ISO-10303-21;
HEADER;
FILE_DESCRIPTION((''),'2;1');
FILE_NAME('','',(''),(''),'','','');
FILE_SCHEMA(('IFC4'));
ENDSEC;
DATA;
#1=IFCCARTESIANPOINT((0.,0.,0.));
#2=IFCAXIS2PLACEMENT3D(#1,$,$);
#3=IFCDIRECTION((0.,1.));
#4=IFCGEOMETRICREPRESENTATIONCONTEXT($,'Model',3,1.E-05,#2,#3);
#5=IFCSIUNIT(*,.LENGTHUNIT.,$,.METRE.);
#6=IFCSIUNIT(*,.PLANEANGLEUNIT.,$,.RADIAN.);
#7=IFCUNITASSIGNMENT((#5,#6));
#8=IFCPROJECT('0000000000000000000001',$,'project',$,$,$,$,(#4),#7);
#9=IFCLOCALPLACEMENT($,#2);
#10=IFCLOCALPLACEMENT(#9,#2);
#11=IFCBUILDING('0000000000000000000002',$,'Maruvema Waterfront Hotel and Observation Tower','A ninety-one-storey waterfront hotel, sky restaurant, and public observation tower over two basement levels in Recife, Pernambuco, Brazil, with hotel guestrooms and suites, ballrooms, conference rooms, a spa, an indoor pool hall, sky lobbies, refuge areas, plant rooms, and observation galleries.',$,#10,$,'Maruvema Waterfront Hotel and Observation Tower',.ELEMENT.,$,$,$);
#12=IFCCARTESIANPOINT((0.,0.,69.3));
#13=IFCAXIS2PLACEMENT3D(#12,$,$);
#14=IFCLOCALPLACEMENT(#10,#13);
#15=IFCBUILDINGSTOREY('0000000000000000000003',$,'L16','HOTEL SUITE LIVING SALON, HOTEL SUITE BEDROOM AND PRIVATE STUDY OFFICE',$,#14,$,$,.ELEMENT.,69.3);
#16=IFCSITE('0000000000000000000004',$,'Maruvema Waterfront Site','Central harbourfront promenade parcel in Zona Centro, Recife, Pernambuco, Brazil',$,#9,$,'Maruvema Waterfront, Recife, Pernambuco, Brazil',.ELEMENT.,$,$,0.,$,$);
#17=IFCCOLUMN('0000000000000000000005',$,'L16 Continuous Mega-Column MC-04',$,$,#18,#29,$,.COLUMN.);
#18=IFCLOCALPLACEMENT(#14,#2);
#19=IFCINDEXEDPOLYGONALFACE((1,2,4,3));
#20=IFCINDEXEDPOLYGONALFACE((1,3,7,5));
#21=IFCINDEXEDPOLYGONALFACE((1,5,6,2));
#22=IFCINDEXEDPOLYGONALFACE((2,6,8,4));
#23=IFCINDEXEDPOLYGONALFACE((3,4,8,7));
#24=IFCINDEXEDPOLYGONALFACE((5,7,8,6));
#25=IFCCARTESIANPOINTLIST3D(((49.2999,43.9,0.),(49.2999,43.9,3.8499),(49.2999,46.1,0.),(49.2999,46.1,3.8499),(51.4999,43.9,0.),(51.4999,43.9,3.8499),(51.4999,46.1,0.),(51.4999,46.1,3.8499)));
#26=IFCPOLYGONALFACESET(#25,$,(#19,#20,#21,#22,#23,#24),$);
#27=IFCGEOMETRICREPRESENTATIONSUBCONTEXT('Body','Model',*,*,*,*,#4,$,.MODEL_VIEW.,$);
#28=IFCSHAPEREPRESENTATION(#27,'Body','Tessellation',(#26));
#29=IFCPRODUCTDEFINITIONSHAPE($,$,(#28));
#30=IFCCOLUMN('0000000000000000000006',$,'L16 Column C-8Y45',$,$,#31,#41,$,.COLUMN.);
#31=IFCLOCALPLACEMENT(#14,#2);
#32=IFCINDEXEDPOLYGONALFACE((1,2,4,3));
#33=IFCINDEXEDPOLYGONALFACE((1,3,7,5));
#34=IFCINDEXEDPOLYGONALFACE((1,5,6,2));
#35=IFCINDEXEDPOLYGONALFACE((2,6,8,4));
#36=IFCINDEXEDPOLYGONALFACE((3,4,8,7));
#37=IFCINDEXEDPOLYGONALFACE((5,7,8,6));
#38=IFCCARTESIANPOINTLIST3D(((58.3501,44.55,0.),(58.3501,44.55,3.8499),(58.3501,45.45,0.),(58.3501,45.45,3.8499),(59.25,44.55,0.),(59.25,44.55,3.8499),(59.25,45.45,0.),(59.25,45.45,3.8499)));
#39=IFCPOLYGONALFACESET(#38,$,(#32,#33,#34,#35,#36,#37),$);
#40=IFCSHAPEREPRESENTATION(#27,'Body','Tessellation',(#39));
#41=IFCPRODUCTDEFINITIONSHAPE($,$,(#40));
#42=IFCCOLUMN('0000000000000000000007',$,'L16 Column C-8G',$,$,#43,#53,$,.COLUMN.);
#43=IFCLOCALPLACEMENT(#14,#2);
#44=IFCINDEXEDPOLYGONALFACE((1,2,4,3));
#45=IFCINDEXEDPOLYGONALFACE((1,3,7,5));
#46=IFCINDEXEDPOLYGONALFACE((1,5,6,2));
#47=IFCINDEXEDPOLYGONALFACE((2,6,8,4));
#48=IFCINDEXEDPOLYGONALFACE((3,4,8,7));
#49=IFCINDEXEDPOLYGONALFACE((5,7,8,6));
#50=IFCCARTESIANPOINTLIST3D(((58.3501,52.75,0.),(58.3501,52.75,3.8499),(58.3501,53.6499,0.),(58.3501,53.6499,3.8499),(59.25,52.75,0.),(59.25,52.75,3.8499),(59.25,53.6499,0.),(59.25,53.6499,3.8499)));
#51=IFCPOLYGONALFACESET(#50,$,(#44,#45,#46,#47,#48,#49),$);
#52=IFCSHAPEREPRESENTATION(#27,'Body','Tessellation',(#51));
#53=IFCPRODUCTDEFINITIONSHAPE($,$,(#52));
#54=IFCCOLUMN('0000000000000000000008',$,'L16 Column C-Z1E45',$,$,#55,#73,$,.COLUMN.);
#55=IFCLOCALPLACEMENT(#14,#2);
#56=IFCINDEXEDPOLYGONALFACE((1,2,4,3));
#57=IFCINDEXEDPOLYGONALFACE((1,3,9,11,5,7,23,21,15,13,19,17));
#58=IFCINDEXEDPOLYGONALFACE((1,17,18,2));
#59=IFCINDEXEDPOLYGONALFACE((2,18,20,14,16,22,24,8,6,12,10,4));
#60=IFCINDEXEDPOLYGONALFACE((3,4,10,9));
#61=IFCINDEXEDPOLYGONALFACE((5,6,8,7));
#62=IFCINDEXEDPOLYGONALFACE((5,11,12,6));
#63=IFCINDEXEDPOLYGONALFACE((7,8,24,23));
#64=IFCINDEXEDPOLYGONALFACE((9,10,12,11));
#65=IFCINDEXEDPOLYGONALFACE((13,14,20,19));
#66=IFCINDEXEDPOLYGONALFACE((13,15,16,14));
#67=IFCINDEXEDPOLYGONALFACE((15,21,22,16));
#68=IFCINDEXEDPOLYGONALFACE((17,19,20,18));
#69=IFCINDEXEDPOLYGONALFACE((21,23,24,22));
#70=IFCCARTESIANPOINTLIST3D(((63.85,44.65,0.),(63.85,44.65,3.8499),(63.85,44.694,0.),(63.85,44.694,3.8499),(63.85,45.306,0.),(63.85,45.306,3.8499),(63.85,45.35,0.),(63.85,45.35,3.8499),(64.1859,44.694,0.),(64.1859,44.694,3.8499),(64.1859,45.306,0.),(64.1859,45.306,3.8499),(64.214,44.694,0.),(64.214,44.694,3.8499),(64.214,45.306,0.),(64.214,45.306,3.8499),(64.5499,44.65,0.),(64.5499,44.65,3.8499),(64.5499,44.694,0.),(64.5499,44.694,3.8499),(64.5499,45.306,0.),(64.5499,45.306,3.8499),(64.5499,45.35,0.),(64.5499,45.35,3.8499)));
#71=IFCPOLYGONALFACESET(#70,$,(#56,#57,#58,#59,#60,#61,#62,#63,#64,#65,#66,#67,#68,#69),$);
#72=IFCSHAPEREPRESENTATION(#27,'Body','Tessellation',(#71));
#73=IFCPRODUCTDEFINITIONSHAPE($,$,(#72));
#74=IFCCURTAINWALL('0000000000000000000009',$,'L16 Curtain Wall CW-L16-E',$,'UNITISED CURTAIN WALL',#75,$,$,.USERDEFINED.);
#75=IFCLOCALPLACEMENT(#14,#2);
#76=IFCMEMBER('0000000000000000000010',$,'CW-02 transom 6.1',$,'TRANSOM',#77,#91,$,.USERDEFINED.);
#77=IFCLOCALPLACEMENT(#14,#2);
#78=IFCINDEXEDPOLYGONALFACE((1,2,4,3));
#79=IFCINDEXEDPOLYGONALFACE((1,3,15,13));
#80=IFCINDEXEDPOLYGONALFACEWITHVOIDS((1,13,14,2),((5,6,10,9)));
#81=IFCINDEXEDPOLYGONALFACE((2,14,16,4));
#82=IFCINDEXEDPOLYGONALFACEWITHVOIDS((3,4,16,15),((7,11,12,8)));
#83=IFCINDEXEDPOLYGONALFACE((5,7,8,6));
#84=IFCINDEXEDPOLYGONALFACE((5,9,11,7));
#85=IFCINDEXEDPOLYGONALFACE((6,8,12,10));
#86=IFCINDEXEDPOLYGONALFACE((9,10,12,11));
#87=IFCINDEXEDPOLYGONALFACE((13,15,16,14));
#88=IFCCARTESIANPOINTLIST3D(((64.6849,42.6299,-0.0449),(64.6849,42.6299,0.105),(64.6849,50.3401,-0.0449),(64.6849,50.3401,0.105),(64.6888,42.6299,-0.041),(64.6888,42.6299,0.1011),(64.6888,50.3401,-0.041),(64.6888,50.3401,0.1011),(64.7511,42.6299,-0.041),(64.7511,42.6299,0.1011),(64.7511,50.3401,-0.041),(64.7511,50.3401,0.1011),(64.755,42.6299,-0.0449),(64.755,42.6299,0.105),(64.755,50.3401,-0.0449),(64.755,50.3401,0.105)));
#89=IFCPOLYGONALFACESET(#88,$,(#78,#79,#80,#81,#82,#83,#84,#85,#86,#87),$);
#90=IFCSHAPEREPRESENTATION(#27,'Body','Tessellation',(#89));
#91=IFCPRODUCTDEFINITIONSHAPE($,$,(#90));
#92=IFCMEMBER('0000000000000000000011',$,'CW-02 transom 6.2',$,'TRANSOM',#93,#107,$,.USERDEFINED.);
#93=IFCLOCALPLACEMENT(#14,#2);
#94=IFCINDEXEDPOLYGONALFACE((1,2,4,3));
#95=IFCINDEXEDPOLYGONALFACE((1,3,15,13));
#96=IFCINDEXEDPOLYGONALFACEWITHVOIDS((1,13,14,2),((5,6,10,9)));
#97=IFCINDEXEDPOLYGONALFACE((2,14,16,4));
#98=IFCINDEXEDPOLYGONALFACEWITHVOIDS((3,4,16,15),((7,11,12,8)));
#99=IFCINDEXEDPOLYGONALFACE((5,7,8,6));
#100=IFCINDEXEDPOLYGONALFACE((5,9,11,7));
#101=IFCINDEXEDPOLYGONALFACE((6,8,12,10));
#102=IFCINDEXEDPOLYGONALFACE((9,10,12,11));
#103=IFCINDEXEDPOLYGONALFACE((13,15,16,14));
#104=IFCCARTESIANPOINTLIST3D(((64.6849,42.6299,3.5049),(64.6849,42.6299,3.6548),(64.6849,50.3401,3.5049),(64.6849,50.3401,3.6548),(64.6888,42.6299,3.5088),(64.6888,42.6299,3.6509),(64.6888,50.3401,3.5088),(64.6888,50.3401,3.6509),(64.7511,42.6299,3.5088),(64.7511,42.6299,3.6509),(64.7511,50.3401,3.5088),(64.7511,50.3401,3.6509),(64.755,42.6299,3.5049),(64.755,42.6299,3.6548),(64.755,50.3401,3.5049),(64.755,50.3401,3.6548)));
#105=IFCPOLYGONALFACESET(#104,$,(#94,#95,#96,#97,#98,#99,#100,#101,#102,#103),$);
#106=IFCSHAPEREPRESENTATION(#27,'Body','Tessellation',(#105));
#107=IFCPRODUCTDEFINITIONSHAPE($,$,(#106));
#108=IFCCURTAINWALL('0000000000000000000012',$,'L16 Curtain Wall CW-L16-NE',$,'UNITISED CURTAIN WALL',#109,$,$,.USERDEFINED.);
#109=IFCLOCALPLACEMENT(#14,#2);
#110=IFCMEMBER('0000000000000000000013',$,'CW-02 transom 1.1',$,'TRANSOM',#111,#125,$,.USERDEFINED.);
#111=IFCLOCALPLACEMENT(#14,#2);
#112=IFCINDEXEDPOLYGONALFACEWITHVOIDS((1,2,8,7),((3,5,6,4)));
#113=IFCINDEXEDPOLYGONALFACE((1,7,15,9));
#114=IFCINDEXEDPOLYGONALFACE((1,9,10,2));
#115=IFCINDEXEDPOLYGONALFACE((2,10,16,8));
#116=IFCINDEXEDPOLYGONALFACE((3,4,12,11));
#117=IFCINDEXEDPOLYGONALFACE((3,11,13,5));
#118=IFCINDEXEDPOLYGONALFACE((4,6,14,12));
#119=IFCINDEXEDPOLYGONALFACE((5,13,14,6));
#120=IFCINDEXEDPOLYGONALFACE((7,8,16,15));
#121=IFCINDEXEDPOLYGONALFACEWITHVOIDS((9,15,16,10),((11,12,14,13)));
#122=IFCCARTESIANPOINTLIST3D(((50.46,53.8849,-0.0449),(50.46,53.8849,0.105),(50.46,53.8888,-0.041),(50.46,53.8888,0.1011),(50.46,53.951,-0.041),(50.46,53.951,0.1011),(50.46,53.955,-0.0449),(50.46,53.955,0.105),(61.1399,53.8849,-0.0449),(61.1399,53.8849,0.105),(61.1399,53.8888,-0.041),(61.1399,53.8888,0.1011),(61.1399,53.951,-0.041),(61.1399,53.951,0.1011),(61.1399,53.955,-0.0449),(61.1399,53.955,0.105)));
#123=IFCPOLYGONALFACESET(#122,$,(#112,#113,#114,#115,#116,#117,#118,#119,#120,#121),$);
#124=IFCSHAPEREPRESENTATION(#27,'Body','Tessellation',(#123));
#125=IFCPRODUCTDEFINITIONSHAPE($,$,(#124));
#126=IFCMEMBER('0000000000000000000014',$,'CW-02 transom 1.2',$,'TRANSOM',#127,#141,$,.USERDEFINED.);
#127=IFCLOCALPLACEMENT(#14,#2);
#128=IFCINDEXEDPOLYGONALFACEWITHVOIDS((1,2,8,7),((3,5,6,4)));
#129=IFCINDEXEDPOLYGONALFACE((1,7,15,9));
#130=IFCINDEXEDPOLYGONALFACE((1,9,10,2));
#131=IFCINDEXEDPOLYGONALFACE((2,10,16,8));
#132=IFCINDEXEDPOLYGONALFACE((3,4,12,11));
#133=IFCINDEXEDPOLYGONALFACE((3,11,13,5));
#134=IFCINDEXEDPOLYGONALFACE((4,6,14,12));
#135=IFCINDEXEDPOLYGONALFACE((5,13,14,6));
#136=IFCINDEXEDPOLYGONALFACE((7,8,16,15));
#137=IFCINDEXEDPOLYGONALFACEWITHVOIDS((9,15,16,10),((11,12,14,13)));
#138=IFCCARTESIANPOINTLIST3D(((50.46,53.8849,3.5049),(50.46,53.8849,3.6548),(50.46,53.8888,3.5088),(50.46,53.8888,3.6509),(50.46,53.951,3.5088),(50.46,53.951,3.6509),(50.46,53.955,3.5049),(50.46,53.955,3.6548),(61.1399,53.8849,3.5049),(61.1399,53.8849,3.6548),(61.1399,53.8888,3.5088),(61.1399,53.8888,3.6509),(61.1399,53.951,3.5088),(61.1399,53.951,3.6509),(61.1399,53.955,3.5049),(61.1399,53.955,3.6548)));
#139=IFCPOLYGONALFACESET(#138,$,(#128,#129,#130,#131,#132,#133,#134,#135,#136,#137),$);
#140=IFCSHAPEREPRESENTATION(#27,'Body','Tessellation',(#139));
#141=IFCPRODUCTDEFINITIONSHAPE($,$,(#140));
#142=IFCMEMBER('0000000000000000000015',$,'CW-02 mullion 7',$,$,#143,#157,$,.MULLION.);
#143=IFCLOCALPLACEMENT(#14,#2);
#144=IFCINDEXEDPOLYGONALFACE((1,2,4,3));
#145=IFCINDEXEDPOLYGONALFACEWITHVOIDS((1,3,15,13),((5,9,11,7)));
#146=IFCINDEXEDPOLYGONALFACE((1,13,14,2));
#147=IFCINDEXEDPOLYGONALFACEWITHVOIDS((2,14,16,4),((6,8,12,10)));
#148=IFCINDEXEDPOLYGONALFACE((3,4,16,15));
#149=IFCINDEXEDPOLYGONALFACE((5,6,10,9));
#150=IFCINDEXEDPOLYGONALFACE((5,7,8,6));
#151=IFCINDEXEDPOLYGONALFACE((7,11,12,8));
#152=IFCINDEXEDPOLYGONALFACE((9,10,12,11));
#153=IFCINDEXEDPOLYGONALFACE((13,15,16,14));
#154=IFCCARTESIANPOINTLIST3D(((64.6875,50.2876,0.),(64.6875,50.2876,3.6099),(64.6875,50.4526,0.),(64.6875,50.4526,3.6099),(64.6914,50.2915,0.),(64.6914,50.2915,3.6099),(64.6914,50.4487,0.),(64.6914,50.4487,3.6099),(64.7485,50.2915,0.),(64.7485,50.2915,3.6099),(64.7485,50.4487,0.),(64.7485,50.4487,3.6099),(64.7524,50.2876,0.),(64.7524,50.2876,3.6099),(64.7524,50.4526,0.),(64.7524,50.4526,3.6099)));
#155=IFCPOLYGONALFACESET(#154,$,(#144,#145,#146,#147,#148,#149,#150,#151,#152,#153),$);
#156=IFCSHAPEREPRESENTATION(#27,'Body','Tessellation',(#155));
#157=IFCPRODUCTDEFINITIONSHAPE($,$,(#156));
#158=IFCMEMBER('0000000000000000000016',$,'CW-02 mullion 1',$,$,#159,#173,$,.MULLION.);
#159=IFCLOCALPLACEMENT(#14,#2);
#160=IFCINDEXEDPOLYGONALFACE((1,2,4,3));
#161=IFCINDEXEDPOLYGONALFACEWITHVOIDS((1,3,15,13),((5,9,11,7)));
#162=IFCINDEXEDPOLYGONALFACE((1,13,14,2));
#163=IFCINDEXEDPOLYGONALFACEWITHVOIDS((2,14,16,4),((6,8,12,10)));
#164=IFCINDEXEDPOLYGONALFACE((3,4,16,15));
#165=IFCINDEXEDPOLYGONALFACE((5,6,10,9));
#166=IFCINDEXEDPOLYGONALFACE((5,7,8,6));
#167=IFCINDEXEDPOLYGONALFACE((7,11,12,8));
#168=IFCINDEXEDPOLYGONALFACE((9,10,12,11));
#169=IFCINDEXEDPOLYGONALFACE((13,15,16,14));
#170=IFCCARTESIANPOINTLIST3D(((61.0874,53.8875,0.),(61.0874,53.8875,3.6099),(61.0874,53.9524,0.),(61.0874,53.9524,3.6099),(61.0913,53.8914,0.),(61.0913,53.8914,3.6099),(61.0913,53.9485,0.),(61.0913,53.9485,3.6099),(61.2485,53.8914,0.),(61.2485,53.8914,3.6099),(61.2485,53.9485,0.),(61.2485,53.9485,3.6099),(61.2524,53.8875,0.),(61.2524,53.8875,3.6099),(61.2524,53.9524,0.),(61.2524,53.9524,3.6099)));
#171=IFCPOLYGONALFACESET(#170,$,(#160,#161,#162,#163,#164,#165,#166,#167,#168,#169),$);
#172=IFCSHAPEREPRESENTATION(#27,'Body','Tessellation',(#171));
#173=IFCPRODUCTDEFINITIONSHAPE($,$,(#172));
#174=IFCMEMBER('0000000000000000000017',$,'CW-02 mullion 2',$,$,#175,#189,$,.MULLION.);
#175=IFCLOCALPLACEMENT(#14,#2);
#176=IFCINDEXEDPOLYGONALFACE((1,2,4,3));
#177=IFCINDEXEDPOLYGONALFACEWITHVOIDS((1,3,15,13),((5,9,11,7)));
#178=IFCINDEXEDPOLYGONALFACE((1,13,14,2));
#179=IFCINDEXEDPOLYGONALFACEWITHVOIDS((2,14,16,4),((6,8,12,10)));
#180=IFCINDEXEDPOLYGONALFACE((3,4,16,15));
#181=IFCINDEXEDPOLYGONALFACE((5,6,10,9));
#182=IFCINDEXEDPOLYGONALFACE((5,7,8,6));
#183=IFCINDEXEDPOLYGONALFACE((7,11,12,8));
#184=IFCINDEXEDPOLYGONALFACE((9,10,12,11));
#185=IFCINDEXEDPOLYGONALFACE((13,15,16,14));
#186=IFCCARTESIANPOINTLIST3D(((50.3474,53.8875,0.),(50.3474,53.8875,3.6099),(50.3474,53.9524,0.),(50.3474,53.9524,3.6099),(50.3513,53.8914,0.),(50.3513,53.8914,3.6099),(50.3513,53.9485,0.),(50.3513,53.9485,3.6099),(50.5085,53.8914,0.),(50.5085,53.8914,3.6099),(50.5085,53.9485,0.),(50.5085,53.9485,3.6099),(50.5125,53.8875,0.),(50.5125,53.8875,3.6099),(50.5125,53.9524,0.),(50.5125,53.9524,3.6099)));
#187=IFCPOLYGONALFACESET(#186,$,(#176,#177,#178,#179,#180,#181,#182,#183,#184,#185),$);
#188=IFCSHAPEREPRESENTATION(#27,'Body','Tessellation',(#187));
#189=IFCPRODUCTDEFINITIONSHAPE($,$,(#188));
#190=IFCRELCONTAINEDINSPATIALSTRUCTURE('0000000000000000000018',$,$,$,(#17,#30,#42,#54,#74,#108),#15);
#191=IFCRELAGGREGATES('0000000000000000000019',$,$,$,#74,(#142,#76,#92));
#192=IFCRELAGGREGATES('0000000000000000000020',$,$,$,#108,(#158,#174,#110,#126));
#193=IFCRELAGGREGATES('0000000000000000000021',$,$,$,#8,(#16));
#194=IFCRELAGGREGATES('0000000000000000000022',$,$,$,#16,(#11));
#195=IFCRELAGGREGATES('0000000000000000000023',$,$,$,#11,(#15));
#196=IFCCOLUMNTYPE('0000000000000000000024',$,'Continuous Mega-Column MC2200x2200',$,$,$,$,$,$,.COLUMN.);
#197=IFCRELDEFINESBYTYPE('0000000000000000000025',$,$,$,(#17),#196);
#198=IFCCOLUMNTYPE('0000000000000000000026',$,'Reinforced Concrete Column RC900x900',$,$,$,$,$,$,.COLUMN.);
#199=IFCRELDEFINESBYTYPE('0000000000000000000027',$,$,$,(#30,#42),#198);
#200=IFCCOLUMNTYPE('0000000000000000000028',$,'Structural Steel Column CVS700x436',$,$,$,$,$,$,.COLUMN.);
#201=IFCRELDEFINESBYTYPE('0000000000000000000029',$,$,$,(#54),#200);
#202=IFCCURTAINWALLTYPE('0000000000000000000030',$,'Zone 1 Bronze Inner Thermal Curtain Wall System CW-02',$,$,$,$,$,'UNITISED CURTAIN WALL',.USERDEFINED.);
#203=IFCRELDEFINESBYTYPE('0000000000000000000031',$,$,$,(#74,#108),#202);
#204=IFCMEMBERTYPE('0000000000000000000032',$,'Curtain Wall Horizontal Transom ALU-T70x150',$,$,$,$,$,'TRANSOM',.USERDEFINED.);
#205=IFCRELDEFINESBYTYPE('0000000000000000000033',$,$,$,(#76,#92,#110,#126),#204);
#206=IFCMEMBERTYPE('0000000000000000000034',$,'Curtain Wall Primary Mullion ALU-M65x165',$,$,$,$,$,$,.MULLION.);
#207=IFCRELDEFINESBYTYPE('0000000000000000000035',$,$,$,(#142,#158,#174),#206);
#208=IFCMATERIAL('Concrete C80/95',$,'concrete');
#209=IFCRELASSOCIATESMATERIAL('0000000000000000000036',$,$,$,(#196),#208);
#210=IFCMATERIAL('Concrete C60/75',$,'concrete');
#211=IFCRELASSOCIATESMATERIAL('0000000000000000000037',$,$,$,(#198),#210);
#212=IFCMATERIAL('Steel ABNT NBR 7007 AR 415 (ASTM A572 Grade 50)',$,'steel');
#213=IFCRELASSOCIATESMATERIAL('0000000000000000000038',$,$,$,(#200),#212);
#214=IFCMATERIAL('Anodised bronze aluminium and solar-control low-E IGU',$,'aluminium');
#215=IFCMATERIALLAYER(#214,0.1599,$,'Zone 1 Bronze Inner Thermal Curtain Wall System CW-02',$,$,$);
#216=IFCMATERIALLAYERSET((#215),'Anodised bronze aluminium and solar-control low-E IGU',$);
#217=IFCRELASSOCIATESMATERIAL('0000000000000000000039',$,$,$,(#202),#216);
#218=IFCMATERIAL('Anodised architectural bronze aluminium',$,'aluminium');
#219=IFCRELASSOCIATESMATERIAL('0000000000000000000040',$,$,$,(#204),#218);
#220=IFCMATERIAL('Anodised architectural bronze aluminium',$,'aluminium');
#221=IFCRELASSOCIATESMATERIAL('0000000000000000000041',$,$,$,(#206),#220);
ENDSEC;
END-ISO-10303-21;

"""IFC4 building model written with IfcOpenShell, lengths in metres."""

from ifc_helpers import new_model, si_unit, direction, frame, origin, origin_2d, place, context, subcontext, project, spatial, rectangle, hollow_rectangle, i_section, extrude, material, layer, layer_set, material_profile, profile_set, type_object, element, aggregate, save


model = new_model("IFC4")

# Units and contexts
model_context = context("Model", 3, precision=1e-05, world=origin(), true_north=direction((0.0, 1.0)))
body_context = subcontext(model_context, "Body", "Model", "MODEL_VIEW")
ifc_project = project(units=[si_unit("LENGTHUNIT", "METRE"), si_unit("PLANEANGLEUNIT", "RADIAN")], contexts=[model_context])

# Site, building, storey
site_placement = place(None, origin())
site = spatial("IfcSite", under=ifc_project, at=site_placement, Name="Maruvema Waterfront Site", Description="Central harbourfront promenade parcel in Zona Centro, Recife, Pernambuco, Brazil", LongName="Maruvema Waterfront, Recife, Pernambuco, Brazil", CompositionType="ELEMENT", RefElevation=0.0)
building_placement = place(site_placement, origin())
building = spatial("IfcBuilding", under=site, at=building_placement, Name="Maruvema Waterfront Hotel and Observation Tower", Description="A ninety-one-storey waterfront hotel, sky restaurant, and public observation tower over two basement levels in Recife, Pernambuco, Brazil, with hotel guestrooms and suites, ballrooms, conference rooms, a spa, an indoor pool hall, sky lobbies, refuge areas, plant rooms, and observation galleries.", LongName="Maruvema Waterfront Hotel and Observation Tower", CompositionType="ELEMENT")
storey_placement = place(building_placement, frame((0.0, 0.0, 69.3)))
storey = spatial("IfcBuildingStorey", under=building, at=storey_placement, Name="L16", Description="HOTEL SUITE LIVING SALON, HOTEL SUITE BEDROOM AND PRIVATE STUDY OFFICE", CompositionType="ELEMENT", Elevation=69.3)

# Columns
ifc_material_1 = material(Name="Concrete C80/95", Category="concrete")
ifc_material_profile_1 = material_profile(ifc_material_1, rectangle(XDim=2.2, YDim=2.2, at=origin_2d()), Name="MC2200x2200")
ifc_profile_set_1 = profile_set([ifc_material_profile_1], Name="Concrete C80/95")
column_type_1 = type_object("IfcColumnType", Name="Continuous Mega-Column MC2200x2200", PredefinedType="COLUMN", material=ifc_profile_set_1)
column_1_placement = place(storey_placement, frame((50.3999, 45.0, 0.0), z_axis=(0.0, 0.0, 1.0), x_axis=(1.0, 0.0, 0.0)))
element("IfcColumn", 1, at=column_1_placement, inside=storey, type_object=column_type_1, Name="L16 Continuous Mega-Column MC-04", PredefinedType="COLUMN", context=body_context, shape_type="SweptSolid", body=[
    extrude(rectangle(XDim=2.2, YDim=2.2, at=origin_2d()), origin(), (0.0, 0.0, 1.0), 3.8499),
])
ifc_material_2 = material(Name="Concrete C60/75", Category="concrete")
ifc_material_profile_2 = material_profile(ifc_material_2, rectangle(XDim=0.8999, YDim=0.8999, at=origin_2d()), Name="RC900x900")
ifc_profile_set_2 = profile_set([ifc_material_profile_2], Name="Concrete C60/75")
column_type_2 = type_object("IfcColumnType", Name="Reinforced Concrete Column RC900x900", PredefinedType="COLUMN", material=ifc_profile_set_2)
for number, where, z_axis, x_axis, name in (
    (2, (58.8, 45.0, 0.0), (0.0, 0.0, 1.0), (1.0, 0.0, 0.0), "L16 Column C-8Y45"),
    (3, (58.8, 53.2, 0.0), (0.0, 0.0, 1.0), (1.0, 0.0, 0.0), "L16 Column C-8G"),
):
    element("IfcColumn", number, at=place(storey_placement, frame(where, z_axis=z_axis, x_axis=x_axis)), inside=storey, type_object=column_type_2, Name=name, PredefinedType="COLUMN", context=body_context, shape_type="SweptSolid", body=[
        extrude(rectangle(XDim=0.8999, YDim=0.8999, at=origin_2d()), origin(), (0.0, 0.0, 1.0), 3.8499),
    ])
ifc_material_3 = material(Name="Steel ABNT NBR 7007 AR 415 (ASTM A572 Grade 50)", Category="steel")
ifc_material_profile_3 = material_profile(ifc_material_3, i_section(OverallWidth=0.7, OverallDepth=0.7, WebThickness=0.0281, FlangeThickness=0.0439, at=origin_2d()), Name="CVS700x436")
ifc_profile_set_3 = profile_set([ifc_material_profile_3], Name="Steel ABNT NBR 7007 AR 415 (ASTM A572 Grade 50)")
column_type_3 = type_object("IfcColumnType", Name="Structural Steel Column CVS700x436", PredefinedType="COLUMN", material=ifc_profile_set_3)
column_2_placement = place(storey_placement, frame((64.2, 45.0, 0.0), z_axis=(0.0, 0.0, 1.0), x_axis=(1.0, 0.0, 0.0)))
element("IfcColumn", 4, at=column_2_placement, inside=storey, type_object=column_type_3, Name="L16 Column C-Z1E45", PredefinedType="COLUMN", context=body_context, shape_type="SweptSolid", body=[
    extrude(i_section(OverallWidth=0.7, OverallDepth=0.7, WebThickness=0.0281, FlangeThickness=0.0439, at=origin_2d()), origin(), (0.0, 0.0, 1.0), 3.8499),
])

# Curtain walls, members
ifc_material_4 = material(Name="Anodised bronze aluminium and solar-control low-E IGU", Category="aluminium")
ifc_layer_1 = layer(ifc_material_4, 0.1599, Name="Zone 1 Bronze Inner Thermal Curtain Wall System CW-02")
ifc_layer_set_1 = layer_set([ifc_layer_1], Name="Anodised bronze aluminium and solar-control low-E IGU")
curtain_wall_type = type_object("IfcCurtainWallType", Name="Zone 1 Bronze Inner Thermal Curtain Wall System CW-02", ElementType="UNITISED CURTAIN WALL", PredefinedType="USERDEFINED", material=ifc_layer_set_1)
curtain_wall_1_placement = place(storey_placement, origin())
curtain_wall_1 = element("IfcCurtainWall", 5, at=curtain_wall_1_placement, inside=storey, type_object=curtain_wall_type, Name="L16 Curtain Wall CW-L16-E", ObjectType="UNITISED CURTAIN WALL", PredefinedType="USERDEFINED")
ifc_material_5 = material(Name="Anodised architectural bronze aluminium", Category="aluminium")
ifc_material_profile_4 = material_profile(ifc_material_5, hollow_rectangle(XDim=0.0701, YDim=0.1499, WallThickness=0.0039, at=origin_2d()), Name="ALU-T70x150")
ifc_profile_set_4 = profile_set([ifc_material_profile_4], Name="Anodised architectural bronze aluminium")
member_type_1 = type_object("IfcMemberType", Name="Curtain Wall Horizontal Transom ALU-T70x150", ElementType="TRANSOM", PredefinedType="USERDEFINED", material=ifc_profile_set_4)
member_1_placement = place(storey_placement, frame((64.72, 42.6299, 0.03), z_axis=(0.0, 1.0, 0.0), x_axis=(-1.0, 0.0, 0.0)))
member_1 = element("IfcMember", 6, at=member_1_placement, type_object=member_type_1, Name="CW-02 transom 6.1", ObjectType="TRANSOM", PredefinedType="USERDEFINED", context=body_context, shape_type="SweptSolid", body=[
    extrude(hollow_rectangle(XDim=0.0701, YDim=0.1499, WallThickness=0.0039, at=origin_2d()), origin(), (0.0, 0.0, 1.0), 7.7102),
])
member_2_placement = place(storey_placement, frame((64.72, 42.6299, 3.5798), z_axis=(0.0, 1.0, 0.0), x_axis=(-1.0, 0.0, 0.0)))
member_2 = element("IfcMember", 7, at=member_2_placement, type_object=member_type_1, Name="CW-02 transom 6.2", ObjectType="TRANSOM", PredefinedType="USERDEFINED", context=body_context, shape_type="SweptSolid", body=[
    extrude(hollow_rectangle(XDim=0.0701, YDim=0.1499, WallThickness=0.0039, at=origin_2d()), origin(), (0.0, 0.0, 1.0), 7.7102),
])
curtain_wall_2_placement = place(storey_placement, origin())
curtain_wall_2 = element("IfcCurtainWall", 8, at=curtain_wall_2_placement, inside=storey, type_object=curtain_wall_type, Name="L16 Curtain Wall CW-L16-NE", ObjectType="UNITISED CURTAIN WALL", PredefinedType="USERDEFINED")
member_3_placement = place(storey_placement, frame((61.1399, 53.9199, 0.03), z_axis=(-1.0, 0.0, 0.0), x_axis=(0.0, -1.0, 0.0)))
member_3 = element("IfcMember", 9, at=member_3_placement, type_object=member_type_1, Name="CW-02 transom 1.1", ObjectType="TRANSOM", PredefinedType="USERDEFINED", context=body_context, shape_type="SweptSolid", body=[
    extrude(hollow_rectangle(XDim=0.0701, YDim=0.1499, WallThickness=0.0039, at=origin_2d()), origin(), (0.0, 0.0, 1.0), 10.6799),
])
member_4_placement = place(storey_placement, frame((61.1399, 53.9199, 3.5798), z_axis=(-1.0, 0.0, 0.0), x_axis=(0.0, -1.0, 0.0)))
member_4 = element("IfcMember", 10, at=member_4_placement, type_object=member_type_1, Name="CW-02 transom 1.2", ObjectType="TRANSOM", PredefinedType="USERDEFINED", context=body_context, shape_type="SweptSolid", body=[
    extrude(hollow_rectangle(XDim=0.0701, YDim=0.1499, WallThickness=0.0039, at=origin_2d()), origin(), (0.0, 0.0, 1.0), 10.6799),
])

# Members
ifc_material_6 = material(Name="Anodised architectural bronze aluminium", Category="aluminium")
ifc_material_profile_5 = material_profile(ifc_material_6, hollow_rectangle(XDim=0.0649, YDim=0.165, WallThickness=0.0039, at=origin_2d()), Name="ALU-M65x165")
ifc_profile_set_5 = profile_set([ifc_material_profile_5], Name="Anodised architectural bronze aluminium")
member_type_2 = type_object("IfcMemberType", Name="Curtain Wall Primary Mullion ALU-M65x165", PredefinedType="MULLION", material=ifc_profile_set_5)
member_5_placement = place(storey_placement, frame((64.72, 50.3701, 0.0), z_axis=(0.0, 0.0, 1.0), x_axis=(-1.0, 0.0, 0.0)))
member_5 = element("IfcMember", 11, at=member_5_placement, type_object=member_type_2, Name="CW-02 mullion 7", PredefinedType="MULLION", context=body_context, shape_type="SweptSolid", body=[
    extrude(hollow_rectangle(XDim=0.0649, YDim=0.165, WallThickness=0.0039, at=origin_2d()), origin(), (0.0, 0.0, 1.0), 3.6099),
])
member_6_placement = place(storey_placement, frame((61.1699, 53.9199, 0.0), z_axis=(0.0, 0.0, 1.0), x_axis=(0.0, -1.0, 0.0)))
member_6 = element("IfcMember", 12, at=member_6_placement, type_object=member_type_2, Name="CW-02 mullion 1", PredefinedType="MULLION", context=body_context, shape_type="SweptSolid", body=[
    extrude(hollow_rectangle(XDim=0.0649, YDim=0.165, WallThickness=0.0039, at=origin_2d()), origin(), (0.0, 0.0, 1.0), 3.6099),
])
member_7_placement = place(storey_placement, frame((50.4299, 53.9199, 0.0), z_axis=(0.0, 0.0, 1.0), x_axis=(0.0, -1.0, 0.0)))
member_7 = element("IfcMember", 13, at=member_7_placement, type_object=member_type_2, Name="CW-02 mullion 2", PredefinedType="MULLION", context=body_context, shape_type="SweptSolid", body=[
    extrude(hollow_rectangle(XDim=0.0649, YDim=0.165, WallThickness=0.0039, at=origin_2d()), origin(), (0.0, 0.0, 1.0), 3.6099),
])

aggregate(curtain_wall_1, [member_5, member_1, member_2])
aggregate(curtain_wall_2, [member_6, member_7, member_3, member_4])

save(model, "model.ifc")
